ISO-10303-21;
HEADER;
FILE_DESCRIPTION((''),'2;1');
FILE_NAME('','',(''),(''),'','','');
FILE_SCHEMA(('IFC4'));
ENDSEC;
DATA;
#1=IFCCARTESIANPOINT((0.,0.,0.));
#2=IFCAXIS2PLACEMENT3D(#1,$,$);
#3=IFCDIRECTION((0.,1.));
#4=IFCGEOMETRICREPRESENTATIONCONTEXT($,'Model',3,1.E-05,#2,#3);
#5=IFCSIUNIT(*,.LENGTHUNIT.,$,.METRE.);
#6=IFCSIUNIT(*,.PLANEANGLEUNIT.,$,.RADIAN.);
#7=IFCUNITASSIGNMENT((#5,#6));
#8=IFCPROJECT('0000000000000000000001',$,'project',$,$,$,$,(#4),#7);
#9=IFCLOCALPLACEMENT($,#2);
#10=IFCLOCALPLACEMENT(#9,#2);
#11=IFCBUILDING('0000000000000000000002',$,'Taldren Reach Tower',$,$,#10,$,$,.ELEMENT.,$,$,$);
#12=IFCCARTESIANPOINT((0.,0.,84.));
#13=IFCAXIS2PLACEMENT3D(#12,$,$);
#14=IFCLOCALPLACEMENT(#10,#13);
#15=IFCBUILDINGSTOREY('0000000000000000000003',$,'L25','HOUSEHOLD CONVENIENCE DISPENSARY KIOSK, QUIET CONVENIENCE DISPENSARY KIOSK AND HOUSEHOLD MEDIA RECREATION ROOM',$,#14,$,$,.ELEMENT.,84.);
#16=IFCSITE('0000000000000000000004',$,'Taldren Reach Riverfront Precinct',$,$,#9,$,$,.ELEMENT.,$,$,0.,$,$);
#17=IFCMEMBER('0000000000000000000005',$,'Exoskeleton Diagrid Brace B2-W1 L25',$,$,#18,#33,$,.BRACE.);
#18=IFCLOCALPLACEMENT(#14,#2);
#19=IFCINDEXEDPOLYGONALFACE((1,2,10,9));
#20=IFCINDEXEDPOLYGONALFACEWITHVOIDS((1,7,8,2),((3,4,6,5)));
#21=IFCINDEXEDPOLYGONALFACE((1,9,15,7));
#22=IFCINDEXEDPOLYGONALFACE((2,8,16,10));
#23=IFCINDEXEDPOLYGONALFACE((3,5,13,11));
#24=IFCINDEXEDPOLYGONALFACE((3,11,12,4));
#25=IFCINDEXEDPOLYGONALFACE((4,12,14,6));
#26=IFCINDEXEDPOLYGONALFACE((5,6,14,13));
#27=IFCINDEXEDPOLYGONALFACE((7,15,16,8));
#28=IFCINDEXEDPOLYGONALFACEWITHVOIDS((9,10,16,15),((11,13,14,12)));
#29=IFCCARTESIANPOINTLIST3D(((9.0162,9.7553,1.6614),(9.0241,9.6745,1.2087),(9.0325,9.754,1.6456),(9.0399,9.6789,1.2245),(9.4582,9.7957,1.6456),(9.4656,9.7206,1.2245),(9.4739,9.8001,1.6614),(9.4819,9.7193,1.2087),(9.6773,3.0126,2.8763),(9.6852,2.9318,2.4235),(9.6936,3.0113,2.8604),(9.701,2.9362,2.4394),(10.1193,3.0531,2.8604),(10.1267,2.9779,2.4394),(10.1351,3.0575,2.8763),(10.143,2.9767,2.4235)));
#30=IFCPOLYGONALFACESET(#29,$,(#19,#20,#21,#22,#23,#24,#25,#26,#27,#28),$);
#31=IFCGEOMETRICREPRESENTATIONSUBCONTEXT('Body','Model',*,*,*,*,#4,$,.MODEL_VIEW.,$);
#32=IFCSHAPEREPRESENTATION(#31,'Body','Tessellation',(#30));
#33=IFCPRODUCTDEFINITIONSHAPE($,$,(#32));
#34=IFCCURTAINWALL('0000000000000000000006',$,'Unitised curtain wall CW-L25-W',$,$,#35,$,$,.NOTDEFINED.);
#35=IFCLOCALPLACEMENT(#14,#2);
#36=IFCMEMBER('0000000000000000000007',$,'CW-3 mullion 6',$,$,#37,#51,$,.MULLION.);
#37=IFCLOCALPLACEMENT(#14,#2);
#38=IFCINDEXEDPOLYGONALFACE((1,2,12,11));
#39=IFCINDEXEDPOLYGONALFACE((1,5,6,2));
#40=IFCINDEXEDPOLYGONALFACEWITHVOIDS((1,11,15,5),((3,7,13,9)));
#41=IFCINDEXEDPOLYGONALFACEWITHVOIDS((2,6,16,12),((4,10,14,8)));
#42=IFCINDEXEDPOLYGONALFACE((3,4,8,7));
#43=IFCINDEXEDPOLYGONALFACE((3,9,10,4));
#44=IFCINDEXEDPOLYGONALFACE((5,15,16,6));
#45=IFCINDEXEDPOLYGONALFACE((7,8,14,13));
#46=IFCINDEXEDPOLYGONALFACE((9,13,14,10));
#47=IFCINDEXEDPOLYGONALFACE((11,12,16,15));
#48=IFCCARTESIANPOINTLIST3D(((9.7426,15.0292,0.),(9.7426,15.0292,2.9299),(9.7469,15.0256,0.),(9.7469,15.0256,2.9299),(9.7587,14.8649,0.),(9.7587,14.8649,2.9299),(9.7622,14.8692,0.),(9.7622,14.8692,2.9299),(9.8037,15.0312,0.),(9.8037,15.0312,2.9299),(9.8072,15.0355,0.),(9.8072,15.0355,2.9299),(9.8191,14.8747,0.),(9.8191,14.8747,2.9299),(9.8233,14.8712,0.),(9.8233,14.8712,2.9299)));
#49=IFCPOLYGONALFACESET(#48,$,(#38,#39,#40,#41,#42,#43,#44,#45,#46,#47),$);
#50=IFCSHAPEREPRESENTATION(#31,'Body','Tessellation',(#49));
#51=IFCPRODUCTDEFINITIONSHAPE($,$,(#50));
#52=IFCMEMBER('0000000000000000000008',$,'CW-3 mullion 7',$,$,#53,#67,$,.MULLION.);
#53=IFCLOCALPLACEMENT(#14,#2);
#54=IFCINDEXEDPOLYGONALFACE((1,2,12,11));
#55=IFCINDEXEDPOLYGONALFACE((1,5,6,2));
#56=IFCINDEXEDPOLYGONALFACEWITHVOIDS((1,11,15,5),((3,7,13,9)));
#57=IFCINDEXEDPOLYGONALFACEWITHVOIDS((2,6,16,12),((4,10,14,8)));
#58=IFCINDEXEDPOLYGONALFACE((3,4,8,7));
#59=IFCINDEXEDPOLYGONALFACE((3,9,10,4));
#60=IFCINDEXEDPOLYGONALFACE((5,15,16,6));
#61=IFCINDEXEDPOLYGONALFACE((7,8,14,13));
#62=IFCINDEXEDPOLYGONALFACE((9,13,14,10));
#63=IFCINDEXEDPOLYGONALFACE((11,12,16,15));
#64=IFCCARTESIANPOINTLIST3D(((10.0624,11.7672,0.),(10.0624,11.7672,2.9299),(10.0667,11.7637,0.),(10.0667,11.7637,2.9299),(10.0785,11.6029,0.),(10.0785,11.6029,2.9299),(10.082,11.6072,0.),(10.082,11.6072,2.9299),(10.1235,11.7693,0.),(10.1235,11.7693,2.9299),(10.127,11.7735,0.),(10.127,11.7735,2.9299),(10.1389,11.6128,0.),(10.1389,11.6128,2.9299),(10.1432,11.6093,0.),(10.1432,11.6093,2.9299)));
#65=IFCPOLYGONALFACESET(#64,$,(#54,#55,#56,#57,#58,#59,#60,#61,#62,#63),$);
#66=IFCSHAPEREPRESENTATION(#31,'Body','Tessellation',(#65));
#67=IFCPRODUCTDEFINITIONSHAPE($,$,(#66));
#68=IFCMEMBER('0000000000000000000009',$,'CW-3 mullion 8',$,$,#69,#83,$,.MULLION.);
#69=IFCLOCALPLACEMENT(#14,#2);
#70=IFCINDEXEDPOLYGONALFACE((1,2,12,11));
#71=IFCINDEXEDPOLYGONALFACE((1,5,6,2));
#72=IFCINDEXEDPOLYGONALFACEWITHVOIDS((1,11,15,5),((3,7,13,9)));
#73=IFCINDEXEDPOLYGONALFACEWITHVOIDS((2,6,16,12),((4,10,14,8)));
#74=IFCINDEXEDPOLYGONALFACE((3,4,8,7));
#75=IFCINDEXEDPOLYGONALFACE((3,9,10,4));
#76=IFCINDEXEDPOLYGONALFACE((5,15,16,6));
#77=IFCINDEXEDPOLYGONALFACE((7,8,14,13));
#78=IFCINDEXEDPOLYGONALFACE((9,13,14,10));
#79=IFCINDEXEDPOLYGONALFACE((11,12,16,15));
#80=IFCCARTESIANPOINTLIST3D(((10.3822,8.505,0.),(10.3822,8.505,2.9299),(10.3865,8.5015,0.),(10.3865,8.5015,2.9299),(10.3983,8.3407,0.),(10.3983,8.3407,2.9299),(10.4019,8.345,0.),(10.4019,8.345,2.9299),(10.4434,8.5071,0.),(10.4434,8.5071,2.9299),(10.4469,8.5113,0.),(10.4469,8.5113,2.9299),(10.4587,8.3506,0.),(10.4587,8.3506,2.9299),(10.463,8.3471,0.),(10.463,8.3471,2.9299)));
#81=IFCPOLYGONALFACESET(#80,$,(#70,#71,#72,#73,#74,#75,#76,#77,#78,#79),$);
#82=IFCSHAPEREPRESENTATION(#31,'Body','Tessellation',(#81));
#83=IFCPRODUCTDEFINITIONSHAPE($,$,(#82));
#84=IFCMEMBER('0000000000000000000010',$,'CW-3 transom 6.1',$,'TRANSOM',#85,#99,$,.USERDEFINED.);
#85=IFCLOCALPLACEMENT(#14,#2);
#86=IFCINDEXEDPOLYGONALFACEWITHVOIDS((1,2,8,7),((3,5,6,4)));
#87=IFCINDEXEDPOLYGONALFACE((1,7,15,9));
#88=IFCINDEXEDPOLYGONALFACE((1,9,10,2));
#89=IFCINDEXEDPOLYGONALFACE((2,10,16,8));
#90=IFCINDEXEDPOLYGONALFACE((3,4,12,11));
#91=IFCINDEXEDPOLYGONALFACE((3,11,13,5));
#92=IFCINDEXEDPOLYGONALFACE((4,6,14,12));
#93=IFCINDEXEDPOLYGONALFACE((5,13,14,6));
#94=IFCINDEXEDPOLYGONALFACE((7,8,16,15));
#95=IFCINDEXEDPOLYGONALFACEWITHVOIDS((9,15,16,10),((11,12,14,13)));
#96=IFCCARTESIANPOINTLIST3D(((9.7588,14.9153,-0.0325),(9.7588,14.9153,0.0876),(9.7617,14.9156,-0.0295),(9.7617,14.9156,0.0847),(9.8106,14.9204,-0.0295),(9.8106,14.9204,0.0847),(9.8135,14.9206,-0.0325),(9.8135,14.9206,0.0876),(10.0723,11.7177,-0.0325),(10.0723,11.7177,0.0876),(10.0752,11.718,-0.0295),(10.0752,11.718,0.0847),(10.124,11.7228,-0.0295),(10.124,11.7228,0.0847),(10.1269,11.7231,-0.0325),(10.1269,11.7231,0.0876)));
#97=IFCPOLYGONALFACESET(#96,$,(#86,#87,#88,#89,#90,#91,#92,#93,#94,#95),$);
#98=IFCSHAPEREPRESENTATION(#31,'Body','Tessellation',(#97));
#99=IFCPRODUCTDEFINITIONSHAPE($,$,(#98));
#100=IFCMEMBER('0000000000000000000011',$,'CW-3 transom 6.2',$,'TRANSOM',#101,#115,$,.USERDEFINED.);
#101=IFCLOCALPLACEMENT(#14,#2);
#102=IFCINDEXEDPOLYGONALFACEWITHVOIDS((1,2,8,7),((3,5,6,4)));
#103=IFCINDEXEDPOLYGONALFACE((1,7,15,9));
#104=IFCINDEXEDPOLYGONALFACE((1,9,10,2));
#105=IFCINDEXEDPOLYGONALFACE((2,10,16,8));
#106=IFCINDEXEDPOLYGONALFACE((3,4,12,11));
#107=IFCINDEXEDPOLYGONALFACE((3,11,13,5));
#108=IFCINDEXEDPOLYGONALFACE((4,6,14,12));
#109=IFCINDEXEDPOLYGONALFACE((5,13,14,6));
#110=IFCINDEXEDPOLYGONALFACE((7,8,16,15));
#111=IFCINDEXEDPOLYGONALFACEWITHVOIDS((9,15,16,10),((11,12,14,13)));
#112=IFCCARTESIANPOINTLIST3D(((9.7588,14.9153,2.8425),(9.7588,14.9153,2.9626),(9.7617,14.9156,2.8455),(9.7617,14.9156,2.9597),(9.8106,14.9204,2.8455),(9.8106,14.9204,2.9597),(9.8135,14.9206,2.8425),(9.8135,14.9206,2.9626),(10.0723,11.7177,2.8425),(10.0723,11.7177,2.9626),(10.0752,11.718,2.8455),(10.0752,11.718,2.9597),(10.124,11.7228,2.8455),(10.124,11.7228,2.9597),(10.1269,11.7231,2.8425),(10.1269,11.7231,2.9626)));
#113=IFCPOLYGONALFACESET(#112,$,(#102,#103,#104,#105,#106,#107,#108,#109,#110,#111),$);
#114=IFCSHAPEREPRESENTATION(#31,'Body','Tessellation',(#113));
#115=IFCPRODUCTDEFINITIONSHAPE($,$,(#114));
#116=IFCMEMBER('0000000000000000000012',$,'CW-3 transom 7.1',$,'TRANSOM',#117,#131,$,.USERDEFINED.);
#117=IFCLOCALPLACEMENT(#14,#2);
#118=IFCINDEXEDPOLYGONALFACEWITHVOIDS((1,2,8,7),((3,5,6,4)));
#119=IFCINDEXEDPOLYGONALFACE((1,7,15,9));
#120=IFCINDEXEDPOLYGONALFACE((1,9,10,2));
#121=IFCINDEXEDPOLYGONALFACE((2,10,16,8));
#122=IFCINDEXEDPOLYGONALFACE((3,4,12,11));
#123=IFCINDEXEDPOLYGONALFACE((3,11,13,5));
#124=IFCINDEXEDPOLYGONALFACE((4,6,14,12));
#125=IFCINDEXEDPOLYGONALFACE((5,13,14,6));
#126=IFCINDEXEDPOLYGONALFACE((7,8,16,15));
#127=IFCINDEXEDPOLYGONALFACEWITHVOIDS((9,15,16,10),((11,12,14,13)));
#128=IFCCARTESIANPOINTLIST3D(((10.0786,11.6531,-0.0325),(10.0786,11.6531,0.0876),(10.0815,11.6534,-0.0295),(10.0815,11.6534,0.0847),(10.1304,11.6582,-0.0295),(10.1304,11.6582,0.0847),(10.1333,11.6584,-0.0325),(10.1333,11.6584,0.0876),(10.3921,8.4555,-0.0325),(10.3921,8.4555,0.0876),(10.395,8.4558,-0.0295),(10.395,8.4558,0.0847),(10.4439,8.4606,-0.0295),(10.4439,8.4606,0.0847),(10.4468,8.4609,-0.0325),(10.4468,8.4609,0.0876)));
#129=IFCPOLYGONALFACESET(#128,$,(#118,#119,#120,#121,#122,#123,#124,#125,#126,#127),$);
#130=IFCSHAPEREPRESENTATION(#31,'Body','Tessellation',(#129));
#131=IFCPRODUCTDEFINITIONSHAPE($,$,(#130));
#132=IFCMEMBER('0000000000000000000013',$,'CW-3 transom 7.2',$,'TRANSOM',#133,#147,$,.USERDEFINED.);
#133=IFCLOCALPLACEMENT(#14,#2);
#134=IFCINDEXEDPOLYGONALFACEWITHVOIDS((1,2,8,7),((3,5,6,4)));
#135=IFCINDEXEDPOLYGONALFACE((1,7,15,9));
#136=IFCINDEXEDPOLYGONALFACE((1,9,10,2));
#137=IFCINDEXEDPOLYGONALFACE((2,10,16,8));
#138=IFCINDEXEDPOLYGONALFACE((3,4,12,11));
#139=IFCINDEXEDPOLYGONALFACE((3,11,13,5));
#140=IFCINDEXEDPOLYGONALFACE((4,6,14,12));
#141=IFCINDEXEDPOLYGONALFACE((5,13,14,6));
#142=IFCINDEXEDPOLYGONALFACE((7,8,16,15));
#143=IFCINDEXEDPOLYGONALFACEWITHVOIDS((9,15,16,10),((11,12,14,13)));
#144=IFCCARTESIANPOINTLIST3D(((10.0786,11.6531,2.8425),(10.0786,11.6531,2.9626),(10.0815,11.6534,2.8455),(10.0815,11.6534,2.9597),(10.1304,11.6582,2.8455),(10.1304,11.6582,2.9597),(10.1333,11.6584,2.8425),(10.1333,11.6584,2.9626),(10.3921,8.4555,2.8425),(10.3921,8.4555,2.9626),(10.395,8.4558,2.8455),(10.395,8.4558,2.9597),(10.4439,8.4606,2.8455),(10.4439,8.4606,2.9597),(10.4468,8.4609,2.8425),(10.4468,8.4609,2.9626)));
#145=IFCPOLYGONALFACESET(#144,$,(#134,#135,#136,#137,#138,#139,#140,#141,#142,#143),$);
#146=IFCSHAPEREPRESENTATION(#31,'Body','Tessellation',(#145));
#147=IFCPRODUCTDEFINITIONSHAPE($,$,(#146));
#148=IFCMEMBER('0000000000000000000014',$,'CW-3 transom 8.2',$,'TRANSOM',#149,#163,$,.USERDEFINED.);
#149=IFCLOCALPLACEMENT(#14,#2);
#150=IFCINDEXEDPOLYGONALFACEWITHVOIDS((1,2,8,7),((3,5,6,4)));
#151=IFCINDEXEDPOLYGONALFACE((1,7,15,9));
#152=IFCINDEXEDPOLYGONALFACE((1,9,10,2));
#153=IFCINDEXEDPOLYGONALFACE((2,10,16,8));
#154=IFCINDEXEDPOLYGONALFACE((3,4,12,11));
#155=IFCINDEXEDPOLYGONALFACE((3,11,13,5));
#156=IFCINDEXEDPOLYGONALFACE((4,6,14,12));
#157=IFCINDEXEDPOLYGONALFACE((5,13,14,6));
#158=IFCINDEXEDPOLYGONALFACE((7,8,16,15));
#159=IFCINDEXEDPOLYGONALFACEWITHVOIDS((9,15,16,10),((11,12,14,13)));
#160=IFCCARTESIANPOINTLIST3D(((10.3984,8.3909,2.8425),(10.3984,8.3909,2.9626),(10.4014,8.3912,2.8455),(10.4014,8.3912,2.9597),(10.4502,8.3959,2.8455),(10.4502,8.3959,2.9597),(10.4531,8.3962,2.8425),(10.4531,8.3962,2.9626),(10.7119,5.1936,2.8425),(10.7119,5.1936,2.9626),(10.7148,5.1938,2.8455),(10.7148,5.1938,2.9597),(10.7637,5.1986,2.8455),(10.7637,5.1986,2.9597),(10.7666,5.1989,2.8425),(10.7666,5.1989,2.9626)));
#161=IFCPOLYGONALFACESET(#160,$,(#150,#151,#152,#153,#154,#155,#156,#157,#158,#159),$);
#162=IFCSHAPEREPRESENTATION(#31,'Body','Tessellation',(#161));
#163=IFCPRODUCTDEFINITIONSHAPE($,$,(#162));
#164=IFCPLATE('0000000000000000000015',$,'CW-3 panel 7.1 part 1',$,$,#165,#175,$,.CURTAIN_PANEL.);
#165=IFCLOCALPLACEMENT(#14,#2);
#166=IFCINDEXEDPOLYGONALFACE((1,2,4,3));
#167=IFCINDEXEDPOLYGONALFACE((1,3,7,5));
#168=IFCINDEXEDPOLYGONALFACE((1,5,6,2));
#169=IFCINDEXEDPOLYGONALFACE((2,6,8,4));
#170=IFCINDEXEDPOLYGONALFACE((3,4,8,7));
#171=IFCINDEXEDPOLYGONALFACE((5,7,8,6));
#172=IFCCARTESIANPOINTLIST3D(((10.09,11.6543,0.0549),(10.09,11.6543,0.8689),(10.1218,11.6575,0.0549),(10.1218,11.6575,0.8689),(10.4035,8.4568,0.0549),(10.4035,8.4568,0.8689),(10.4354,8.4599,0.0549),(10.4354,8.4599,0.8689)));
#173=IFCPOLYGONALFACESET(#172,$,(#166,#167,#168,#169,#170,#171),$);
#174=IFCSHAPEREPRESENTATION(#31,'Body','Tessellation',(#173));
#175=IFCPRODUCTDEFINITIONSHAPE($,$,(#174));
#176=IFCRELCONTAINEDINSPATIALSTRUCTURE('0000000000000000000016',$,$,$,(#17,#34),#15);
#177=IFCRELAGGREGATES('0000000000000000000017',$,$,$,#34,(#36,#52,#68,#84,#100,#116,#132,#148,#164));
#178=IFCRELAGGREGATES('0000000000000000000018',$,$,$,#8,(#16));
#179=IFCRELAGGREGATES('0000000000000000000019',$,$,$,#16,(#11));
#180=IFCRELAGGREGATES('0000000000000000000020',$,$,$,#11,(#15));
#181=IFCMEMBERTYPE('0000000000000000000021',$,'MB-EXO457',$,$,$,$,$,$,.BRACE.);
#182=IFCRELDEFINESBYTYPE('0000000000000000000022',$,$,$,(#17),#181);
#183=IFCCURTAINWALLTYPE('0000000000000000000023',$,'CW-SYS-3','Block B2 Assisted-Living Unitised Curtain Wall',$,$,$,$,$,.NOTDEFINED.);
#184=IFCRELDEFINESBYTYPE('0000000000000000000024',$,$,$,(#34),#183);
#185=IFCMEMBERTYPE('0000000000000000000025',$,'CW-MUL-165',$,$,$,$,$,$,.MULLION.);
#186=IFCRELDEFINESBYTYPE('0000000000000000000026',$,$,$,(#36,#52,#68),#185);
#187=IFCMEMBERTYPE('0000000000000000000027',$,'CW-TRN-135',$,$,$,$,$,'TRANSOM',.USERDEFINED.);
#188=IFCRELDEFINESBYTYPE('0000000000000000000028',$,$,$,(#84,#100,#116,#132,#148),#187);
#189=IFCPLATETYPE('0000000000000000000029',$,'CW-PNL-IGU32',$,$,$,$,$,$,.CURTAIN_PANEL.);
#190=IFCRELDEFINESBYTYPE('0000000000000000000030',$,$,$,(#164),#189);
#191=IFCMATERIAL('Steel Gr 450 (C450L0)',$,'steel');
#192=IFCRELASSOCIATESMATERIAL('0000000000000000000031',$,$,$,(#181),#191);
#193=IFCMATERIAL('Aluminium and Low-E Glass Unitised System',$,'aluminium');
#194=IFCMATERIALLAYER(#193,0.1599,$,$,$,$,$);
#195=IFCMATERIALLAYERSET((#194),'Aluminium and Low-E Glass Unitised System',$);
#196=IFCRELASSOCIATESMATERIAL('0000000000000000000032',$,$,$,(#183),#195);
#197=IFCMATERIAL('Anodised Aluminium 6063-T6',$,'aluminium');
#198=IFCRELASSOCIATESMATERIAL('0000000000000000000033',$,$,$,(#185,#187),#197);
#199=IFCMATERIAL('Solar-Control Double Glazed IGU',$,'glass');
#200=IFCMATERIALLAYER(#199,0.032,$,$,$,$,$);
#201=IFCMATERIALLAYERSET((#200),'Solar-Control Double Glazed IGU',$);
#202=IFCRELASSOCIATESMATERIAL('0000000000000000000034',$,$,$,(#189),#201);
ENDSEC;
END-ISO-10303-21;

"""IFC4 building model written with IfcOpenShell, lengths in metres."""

from ifc_helpers import new_model, si_unit, direction, frame, origin, origin_2d, place, context, subcontext, project, spatial, rectangle, hollow_rectangle, extrude, source, transform, mapped, material, layer, layer_set, material_profile, profile_set, type_object, element, aggregate, save


model = new_model("IFC4")

# Units and contexts
model_context = context("Model", 3, precision=1e-05, world=origin(), true_north=direction((0.0, 1.0)))
body_context = subcontext(model_context, "Body", "Model", "MODEL_VIEW")
ifc_project = project(units=[si_unit("LENGTHUNIT", "METRE"), si_unit("PLANEANGLEUNIT", "RADIAN")], contexts=[model_context])

# Site, building, storey
site_placement = place(None, origin())
site = spatial("IfcSite", under=ifc_project, at=site_placement, Name="Taldren Reach Riverfront Precinct", CompositionType="ELEMENT", RefElevation=0.0)
building_placement = place(site_placement, origin())
building = spatial("IfcBuilding", under=site, at=building_placement, Name="Taldren Reach Tower", CompositionType="ELEMENT")
storey_placement = place(building_placement, frame((0.0, 0.0, 84.0)))
storey = spatial("IfcBuildingStorey", under=building, at=storey_placement, Name="L25", Description="HOUSEHOLD CONVENIENCE DISPENSARY KIOSK, QUIET CONVENIENCE DISPENSARY KIOSK AND HOUSEHOLD MEDIA RECREATION ROOM", CompositionType="ELEMENT", Elevation=84.0)

# Member
ifc_material_1 = material(Name="Steel Gr 450 (C450L0)", Category="steel")
ifc_material_profile_1 = material_profile(ifc_material_1, hollow_rectangle(XDim=0.46, YDim=0.46, WallThickness=0.0161, at=origin_2d()), Name="460x460x16.0SHS")
ifc_profile_set_1 = profile_set([ifc_material_profile_1], Name="Steel Gr 450 (C450L0)")
member_type_1 = type_object("IfcMemberType", Name="MB-EXO457", PredefinedType="BRACE", material=ifc_profile_set_1)
shared_shape_1 = source(origin(), body_context, "Body", "SweptSolid", [
    extrude(hollow_rectangle(XDim=0.46, YDim=0.46, WallThickness=0.0161, at=origin_2d()), origin(), (0.0, 0.0, 1.0), 6.8831),
])
member_1_placement = place(storey_placement, frame((9.249, 9.7373, 1.4351), z_axis=(0.096052, -0.979603, 0.176497), x_axis=(0.995227, 0.097584, 0.0)))
element("IfcMember", 1, at=member_1_placement, inside=storey, type_object=member_type_1, Name="Exoskeleton Diagrid Brace B2-W1 L25", PredefinedType="BRACE", context=body_context, shape_type="MappedRepresentation", body=[
    mapped(shared_shape_1, transform((0.0, 0.0, 0.0), scale=1.0)),
])

# Curtain wall, members, plate
ifc_material_2 = material(Name="Aluminium and Low-E Glass Unitised System", Category="aluminium")
ifc_layer_1 = layer(ifc_material_2, 0.1599)
ifc_layer_set_1 = layer_set([ifc_layer_1], Name="Aluminium and Low-E Glass Unitised System")
curtain_wall_type = type_object("IfcCurtainWallType", Name="CW-SYS-3", Description="Block B2 Assisted-Living Unitised Curtain Wall", PredefinedType="NOTDEFINED", material=ifc_layer_set_1)
curtain_wall_placement = place(storey_placement, origin())
curtain_wall = element("IfcCurtainWall", 2, at=curtain_wall_placement, inside=storey, type_object=curtain_wall_type, Name="Unitised curtain wall CW-L25-W", PredefinedType="NOTDEFINED")
ifc_material_3 = material(Name="Anodised Aluminium 6063-T6", Category="aluminium")
ifc_material_profile_2 = material_profile(ifc_material_3, hollow_rectangle(XDim=0.0649, YDim=0.165, WallThickness=0.0039, at=origin_2d()), Name="ALU-165x65x4RHS")
ifc_profile_set_2 = profile_set([ifc_material_profile_2], Name="Anodised Aluminium 6063-T6")
member_type_2 = type_object("IfcMemberType", Name="CW-MUL-165", PredefinedType="MULLION", material=ifc_profile_set_2)
shared_shape_2 = source(origin(), body_context, "Body", "SweptSolid", [
    extrude(hollow_rectangle(XDim=0.0649, YDim=0.165, WallThickness=0.0039, at=origin_2d()), origin(), (0.0, 0.0, 1.0), 2.9299),
])
member_2_placement = place(storey_placement, frame((9.783, 14.9502, 0.0), z_axis=(0.0, 0.0, 1.0), x_axis=(0.995227, 0.097583, 0.0)))
member_2 = element("IfcMember", 3, at=member_2_placement, type_object=member_type_2, Name="CW-3 mullion 6", PredefinedType="MULLION", context=body_context, shape_type="MappedRepresentation", body=[
    mapped(shared_shape_2, transform((0.0, 0.0, 0.0), scale=1.0)),
])
member_3_placement = place(storey_placement, frame((10.1028, 11.6882, 0.0), z_axis=(0.0, 0.0, 1.0), x_axis=(0.995227, 0.097583, 0.0)))
member_3 = element("IfcMember", 4, at=member_3_placement, type_object=member_type_2, Name="CW-3 mullion 7", PredefinedType="MULLION", context=body_context, shape_type="MappedRepresentation", body=[
    mapped(shared_shape_2, transform((0.0, 0.0, 0.0), scale=1.0)),
])
member_4_placement = place(storey_placement, frame((10.4226, 8.426, 0.0), z_axis=(0.0, 0.0, 1.0), x_axis=(0.995227, 0.097583, 0.0)))
member_4 = element("IfcMember", 5, at=member_4_placement, type_object=member_type_2, Name="CW-3 mullion 8", PredefinedType="MULLION", context=body_context, shape_type="MappedRepresentation", body=[
    mapped(shared_shape_2, transform((0.0, 0.0, 0.0), scale=1.0)),
])
ifc_material_profile_3 = material_profile(ifc_material_3, hollow_rectangle(XDim=0.0549, YDim=0.1201, WallThickness=0.0029, at=origin_2d()), Name="ALU-120x55x3RHS")
ifc_profile_set_3 = profile_set([ifc_material_profile_3], Name="Anodised Aluminium 6063-T6")
member_type_3 = type_object("IfcMemberType", Name="CW-TRN-135", ElementType="TRANSOM", PredefinedType="USERDEFINED", material=ifc_profile_set_3)
shared_shape_3 = source(origin(), body_context, "Body", "SweptSolid", [
    extrude(hollow_rectangle(XDim=0.0549, YDim=0.1201, WallThickness=0.0029, at=origin_2d()), origin(), (0.0, 0.0, 1.0), 3.2129),
])
member_5_placement = place(storey_placement, frame((9.7861, 14.918, 0.0276), z_axis=(0.09757, -0.995229, 0.0), x_axis=(0.995229, 0.09757, 0.0)))
member_5 = element("IfcMember", 6, at=member_5_placement, type_object=member_type_3, Name="CW-3 transom 6.1", ObjectType="TRANSOM", PredefinedType="USERDEFINED", context=body_context, shape_type="MappedRepresentation", body=[
    mapped(shared_shape_3, transform((0.0, 0.0, 0.0), scale=1.0)),
])
member_6_placement = place(storey_placement, frame((9.7861, 14.918, 2.9026), z_axis=(0.09757, -0.995229, 0.0), x_axis=(0.995229, 0.09757, 0.0)))
member_6 = element("IfcMember", 7, at=member_6_placement, type_object=member_type_3, Name="CW-3 transom 6.2", ObjectType="TRANSOM", PredefinedType="USERDEFINED", context=body_context, shape_type="MappedRepresentation", body=[
    mapped(shared_shape_3, transform((0.0, 0.0, 0.0), scale=1.0)),
])
member_7_placement = place(storey_placement, frame((10.106, 11.6558, 0.0276), z_axis=(0.09757, -0.995229, 0.0), x_axis=(0.995229, 0.09757, 0.0)))
member_7 = element("IfcMember", 8, at=member_7_placement, type_object=member_type_3, Name="CW-3 transom 7.1", ObjectType="TRANSOM", PredefinedType="USERDEFINED", context=body_context, shape_type="MappedRepresentation", body=[
    mapped(shared_shape_3, transform((0.0, 0.0, 0.0), scale=1.0)),
])
member_8_placement = place(storey_placement, frame((10.106, 11.6558, 2.9026), z_axis=(0.09757, -0.995229, 0.0), x_axis=(0.995229, 0.09757, 0.0)))
member_8 = element("IfcMember", 9, at=member_8_placement, type_object=member_type_3, Name="CW-3 transom 7.2", ObjectType="TRANSOM", PredefinedType="USERDEFINED", context=body_context, shape_type="MappedRepresentation", body=[
    mapped(shared_shape_3, transform((0.0, 0.0, 0.0), scale=1.0)),
])
shared_shape_4 = source(origin(), body_context, "Body", "SweptSolid", [
    extrude(hollow_rectangle(XDim=0.0549, YDim=0.1201, WallThickness=0.0029, at=origin_2d()), origin(), (0.0, 0.0, 1.0), 3.2126),
])
member_9_placement = place(storey_placement, frame((10.4258, 8.3936, 2.9026), z_axis=(0.097577, -0.995228, 0.0), x_axis=(0.995228, 0.097577, 0.0)))
member_9 = element("IfcMember", 10, at=member_9_placement, type_object=member_type_3, Name="CW-3 transom 8.2", ObjectType="TRANSOM", PredefinedType="USERDEFINED", context=body_context, shape_type="MappedRepresentation", body=[
    mapped(shared_shape_4, transform((0.0, 0.0, 0.0), scale=1.0)),
])
ifc_material_4 = material(Name="Solar-Control Double Glazed IGU", Category="glass")
ifc_layer_2 = layer(ifc_material_4, 0.032)
ifc_layer_set_2 = layer_set([ifc_layer_2], Name="Solar-Control Double Glazed IGU")
plate_type = type_object("IfcPlateType", Name="CW-PNL-IGU32", PredefinedType="CURTAIN_PANEL", material=ifc_layer_set_2)
shared_shape_5 = source(origin(), body_context, "Body", "SweptSolid", [
    extrude(rectangle(XDim=3.2129, YDim=0.032, at=origin_2d()), origin(), (0.0, 0.0, 1.0), 0.814),
])
plate_1_placement = place(storey_placement, frame((10.2627, 10.0571, 0.0549), z_axis=(0.0, 0.0, 1.0), x_axis=(0.097583, -0.995227, 0.0)))
plate_1 = element("IfcPlate", 11, at=plate_1_placement, type_object=plate_type, Name="CW-3 panel 7.1 part 1", PredefinedType="CURTAIN_PANEL", context=body_context, shape_type="MappedRepresentation", body=[
    mapped(shared_shape_5, transform((0.0, 0.0, 0.0), scale=1.0)),
])
aggregate(curtain_wall, [member_2, member_3, member_4, member_5, member_6, member_7, member_8, member_9, plate_1])

save(model, "model.ifc")
